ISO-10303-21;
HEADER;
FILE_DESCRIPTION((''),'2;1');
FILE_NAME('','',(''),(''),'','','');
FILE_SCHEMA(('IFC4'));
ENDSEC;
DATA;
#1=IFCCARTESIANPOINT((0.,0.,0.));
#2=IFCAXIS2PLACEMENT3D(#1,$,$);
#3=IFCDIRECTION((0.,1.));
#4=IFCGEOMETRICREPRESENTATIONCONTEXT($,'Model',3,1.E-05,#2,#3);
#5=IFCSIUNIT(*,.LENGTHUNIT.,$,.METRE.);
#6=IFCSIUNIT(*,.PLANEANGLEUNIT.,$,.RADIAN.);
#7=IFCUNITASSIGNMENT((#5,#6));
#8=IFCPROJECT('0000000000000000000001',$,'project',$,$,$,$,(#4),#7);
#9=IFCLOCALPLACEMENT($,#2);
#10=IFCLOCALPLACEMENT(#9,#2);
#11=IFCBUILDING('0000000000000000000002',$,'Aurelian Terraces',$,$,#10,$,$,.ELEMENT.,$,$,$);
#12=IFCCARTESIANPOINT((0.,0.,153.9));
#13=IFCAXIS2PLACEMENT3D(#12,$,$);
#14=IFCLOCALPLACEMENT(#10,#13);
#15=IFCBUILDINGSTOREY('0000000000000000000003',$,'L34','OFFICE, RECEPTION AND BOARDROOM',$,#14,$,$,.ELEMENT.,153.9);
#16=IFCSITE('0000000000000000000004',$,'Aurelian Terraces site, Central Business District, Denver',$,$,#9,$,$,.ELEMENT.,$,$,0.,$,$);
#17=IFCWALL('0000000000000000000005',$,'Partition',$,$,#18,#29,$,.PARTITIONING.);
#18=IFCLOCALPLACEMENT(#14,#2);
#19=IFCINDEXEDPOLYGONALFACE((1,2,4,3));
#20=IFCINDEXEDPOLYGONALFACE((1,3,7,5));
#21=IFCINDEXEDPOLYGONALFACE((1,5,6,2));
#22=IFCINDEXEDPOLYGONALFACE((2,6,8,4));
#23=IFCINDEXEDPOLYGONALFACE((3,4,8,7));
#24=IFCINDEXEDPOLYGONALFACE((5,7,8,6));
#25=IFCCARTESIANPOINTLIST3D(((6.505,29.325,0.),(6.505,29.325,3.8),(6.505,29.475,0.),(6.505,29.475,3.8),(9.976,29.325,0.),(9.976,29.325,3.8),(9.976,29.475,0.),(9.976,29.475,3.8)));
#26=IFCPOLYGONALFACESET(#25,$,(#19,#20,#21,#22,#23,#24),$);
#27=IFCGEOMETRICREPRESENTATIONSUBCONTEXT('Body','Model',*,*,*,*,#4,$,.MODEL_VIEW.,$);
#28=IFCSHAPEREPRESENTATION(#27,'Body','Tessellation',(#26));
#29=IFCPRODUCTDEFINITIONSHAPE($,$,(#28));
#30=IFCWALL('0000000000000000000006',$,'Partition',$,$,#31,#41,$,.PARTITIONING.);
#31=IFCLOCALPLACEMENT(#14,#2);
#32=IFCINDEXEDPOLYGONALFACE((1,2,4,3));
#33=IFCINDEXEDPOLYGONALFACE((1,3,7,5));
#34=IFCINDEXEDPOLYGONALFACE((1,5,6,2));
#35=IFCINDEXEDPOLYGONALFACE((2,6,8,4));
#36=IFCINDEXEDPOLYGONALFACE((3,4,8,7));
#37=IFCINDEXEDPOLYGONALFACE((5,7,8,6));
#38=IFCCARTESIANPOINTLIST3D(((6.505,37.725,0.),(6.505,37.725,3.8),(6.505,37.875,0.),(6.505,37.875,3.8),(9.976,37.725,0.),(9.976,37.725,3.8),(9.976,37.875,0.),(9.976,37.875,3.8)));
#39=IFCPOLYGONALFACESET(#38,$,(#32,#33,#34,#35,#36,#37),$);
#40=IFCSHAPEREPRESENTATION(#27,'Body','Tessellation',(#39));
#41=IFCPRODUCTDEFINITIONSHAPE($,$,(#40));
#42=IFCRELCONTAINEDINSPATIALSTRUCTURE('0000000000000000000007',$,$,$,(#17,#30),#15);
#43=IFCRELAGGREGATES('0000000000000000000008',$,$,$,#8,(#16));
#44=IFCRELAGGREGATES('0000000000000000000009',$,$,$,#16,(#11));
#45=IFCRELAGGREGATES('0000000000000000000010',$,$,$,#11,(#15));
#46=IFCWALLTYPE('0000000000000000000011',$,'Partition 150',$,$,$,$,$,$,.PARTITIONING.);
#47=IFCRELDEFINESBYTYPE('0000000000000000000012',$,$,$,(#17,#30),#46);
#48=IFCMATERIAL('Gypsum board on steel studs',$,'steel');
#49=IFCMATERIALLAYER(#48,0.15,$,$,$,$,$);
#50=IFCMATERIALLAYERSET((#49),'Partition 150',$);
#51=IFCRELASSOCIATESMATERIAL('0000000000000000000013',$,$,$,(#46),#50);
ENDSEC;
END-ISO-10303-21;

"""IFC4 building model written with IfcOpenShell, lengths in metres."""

from ifc_helpers import new_model, si_unit, direction, frame, frame_2d, origin, place, context, subcontext, project, spatial, rectangle, extrude, source, transform, mapped, material, layer, layer_set, type_object, element, save


model = new_model("IFC4")

# Units and contexts
model_context = context("Model", 3, precision=1e-05, world=origin(), true_north=direction((0.0, 1.0)))
body_context = subcontext(model_context, "Body", "Model", "MODEL_VIEW")
ifc_project = project(units=[si_unit("LENGTHUNIT", "METRE"), si_unit("PLANEANGLEUNIT", "RADIAN")], contexts=[model_context])

# Site, building, storey
site_placement = place(None, origin())
site = spatial("IfcSite", under=ifc_project, at=site_placement, Name="Aurelian Terraces site, Central Business District, Denver", CompositionType="ELEMENT", RefElevation=0.0)
building_placement = place(site_placement, origin())
building = spatial("IfcBuilding", under=site, at=building_placement, Name="Aurelian Terraces", CompositionType="ELEMENT")
storey_placement = place(building_placement, frame((0.0, 0.0, 153.9)))
storey = spatial("IfcBuildingStorey", under=building, at=storey_placement, Name="L34", Description="OFFICE, RECEPTION AND BOARDROOM", CompositionType="ELEMENT", Elevation=153.9)

# Shared definitions
ifc_material_1 = material(Name="Gypsum board on steel studs", Category="steel")

# Shared definitions
ifc_layer_1 = layer(ifc_material_1, 0.15)
ifc_layer_set_1 = layer_set([ifc_layer_1], Name="Partition 150")
wall_type_1 = type_object("IfcWallType", Name="Partition 150", PredefinedType="PARTITIONING", material=ifc_layer_set_1)

# Walls
shared_shape_1 = source(origin(), body_context, "Body", "SweptSolid", [
    extrude(rectangle(XDim=3.471, YDim=0.15, at=frame_2d((1.7355, 0.0))), origin(), (0.0, 0.0, 1.0), 3.8),
])
for number, where, z_axis, x_axis, name in (
    (1, (9.976, 29.4, 0.0), (0.0, 0.0, 1.0), (-1.0, 0.0, 0.0), "Partition"),
    (2, (9.976, 37.8, 0.0), (0.0, 0.0, 1.0), (-1.0, 0.0, 0.0), "Partition"),
):
    element("IfcWall", number, at=place(storey_placement, frame(where, z_axis=z_axis, x_axis=x_axis)), inside=storey, type_object=wall_type_1, Name=name, PredefinedType="PARTITIONING", context=body_context, shape_type="MappedRepresentation", body=[
        mapped(shared_shape_1, transform((0.0, 0.0, 0.0), scale=1.0)),
    ])

save(model, "model.ifc")
